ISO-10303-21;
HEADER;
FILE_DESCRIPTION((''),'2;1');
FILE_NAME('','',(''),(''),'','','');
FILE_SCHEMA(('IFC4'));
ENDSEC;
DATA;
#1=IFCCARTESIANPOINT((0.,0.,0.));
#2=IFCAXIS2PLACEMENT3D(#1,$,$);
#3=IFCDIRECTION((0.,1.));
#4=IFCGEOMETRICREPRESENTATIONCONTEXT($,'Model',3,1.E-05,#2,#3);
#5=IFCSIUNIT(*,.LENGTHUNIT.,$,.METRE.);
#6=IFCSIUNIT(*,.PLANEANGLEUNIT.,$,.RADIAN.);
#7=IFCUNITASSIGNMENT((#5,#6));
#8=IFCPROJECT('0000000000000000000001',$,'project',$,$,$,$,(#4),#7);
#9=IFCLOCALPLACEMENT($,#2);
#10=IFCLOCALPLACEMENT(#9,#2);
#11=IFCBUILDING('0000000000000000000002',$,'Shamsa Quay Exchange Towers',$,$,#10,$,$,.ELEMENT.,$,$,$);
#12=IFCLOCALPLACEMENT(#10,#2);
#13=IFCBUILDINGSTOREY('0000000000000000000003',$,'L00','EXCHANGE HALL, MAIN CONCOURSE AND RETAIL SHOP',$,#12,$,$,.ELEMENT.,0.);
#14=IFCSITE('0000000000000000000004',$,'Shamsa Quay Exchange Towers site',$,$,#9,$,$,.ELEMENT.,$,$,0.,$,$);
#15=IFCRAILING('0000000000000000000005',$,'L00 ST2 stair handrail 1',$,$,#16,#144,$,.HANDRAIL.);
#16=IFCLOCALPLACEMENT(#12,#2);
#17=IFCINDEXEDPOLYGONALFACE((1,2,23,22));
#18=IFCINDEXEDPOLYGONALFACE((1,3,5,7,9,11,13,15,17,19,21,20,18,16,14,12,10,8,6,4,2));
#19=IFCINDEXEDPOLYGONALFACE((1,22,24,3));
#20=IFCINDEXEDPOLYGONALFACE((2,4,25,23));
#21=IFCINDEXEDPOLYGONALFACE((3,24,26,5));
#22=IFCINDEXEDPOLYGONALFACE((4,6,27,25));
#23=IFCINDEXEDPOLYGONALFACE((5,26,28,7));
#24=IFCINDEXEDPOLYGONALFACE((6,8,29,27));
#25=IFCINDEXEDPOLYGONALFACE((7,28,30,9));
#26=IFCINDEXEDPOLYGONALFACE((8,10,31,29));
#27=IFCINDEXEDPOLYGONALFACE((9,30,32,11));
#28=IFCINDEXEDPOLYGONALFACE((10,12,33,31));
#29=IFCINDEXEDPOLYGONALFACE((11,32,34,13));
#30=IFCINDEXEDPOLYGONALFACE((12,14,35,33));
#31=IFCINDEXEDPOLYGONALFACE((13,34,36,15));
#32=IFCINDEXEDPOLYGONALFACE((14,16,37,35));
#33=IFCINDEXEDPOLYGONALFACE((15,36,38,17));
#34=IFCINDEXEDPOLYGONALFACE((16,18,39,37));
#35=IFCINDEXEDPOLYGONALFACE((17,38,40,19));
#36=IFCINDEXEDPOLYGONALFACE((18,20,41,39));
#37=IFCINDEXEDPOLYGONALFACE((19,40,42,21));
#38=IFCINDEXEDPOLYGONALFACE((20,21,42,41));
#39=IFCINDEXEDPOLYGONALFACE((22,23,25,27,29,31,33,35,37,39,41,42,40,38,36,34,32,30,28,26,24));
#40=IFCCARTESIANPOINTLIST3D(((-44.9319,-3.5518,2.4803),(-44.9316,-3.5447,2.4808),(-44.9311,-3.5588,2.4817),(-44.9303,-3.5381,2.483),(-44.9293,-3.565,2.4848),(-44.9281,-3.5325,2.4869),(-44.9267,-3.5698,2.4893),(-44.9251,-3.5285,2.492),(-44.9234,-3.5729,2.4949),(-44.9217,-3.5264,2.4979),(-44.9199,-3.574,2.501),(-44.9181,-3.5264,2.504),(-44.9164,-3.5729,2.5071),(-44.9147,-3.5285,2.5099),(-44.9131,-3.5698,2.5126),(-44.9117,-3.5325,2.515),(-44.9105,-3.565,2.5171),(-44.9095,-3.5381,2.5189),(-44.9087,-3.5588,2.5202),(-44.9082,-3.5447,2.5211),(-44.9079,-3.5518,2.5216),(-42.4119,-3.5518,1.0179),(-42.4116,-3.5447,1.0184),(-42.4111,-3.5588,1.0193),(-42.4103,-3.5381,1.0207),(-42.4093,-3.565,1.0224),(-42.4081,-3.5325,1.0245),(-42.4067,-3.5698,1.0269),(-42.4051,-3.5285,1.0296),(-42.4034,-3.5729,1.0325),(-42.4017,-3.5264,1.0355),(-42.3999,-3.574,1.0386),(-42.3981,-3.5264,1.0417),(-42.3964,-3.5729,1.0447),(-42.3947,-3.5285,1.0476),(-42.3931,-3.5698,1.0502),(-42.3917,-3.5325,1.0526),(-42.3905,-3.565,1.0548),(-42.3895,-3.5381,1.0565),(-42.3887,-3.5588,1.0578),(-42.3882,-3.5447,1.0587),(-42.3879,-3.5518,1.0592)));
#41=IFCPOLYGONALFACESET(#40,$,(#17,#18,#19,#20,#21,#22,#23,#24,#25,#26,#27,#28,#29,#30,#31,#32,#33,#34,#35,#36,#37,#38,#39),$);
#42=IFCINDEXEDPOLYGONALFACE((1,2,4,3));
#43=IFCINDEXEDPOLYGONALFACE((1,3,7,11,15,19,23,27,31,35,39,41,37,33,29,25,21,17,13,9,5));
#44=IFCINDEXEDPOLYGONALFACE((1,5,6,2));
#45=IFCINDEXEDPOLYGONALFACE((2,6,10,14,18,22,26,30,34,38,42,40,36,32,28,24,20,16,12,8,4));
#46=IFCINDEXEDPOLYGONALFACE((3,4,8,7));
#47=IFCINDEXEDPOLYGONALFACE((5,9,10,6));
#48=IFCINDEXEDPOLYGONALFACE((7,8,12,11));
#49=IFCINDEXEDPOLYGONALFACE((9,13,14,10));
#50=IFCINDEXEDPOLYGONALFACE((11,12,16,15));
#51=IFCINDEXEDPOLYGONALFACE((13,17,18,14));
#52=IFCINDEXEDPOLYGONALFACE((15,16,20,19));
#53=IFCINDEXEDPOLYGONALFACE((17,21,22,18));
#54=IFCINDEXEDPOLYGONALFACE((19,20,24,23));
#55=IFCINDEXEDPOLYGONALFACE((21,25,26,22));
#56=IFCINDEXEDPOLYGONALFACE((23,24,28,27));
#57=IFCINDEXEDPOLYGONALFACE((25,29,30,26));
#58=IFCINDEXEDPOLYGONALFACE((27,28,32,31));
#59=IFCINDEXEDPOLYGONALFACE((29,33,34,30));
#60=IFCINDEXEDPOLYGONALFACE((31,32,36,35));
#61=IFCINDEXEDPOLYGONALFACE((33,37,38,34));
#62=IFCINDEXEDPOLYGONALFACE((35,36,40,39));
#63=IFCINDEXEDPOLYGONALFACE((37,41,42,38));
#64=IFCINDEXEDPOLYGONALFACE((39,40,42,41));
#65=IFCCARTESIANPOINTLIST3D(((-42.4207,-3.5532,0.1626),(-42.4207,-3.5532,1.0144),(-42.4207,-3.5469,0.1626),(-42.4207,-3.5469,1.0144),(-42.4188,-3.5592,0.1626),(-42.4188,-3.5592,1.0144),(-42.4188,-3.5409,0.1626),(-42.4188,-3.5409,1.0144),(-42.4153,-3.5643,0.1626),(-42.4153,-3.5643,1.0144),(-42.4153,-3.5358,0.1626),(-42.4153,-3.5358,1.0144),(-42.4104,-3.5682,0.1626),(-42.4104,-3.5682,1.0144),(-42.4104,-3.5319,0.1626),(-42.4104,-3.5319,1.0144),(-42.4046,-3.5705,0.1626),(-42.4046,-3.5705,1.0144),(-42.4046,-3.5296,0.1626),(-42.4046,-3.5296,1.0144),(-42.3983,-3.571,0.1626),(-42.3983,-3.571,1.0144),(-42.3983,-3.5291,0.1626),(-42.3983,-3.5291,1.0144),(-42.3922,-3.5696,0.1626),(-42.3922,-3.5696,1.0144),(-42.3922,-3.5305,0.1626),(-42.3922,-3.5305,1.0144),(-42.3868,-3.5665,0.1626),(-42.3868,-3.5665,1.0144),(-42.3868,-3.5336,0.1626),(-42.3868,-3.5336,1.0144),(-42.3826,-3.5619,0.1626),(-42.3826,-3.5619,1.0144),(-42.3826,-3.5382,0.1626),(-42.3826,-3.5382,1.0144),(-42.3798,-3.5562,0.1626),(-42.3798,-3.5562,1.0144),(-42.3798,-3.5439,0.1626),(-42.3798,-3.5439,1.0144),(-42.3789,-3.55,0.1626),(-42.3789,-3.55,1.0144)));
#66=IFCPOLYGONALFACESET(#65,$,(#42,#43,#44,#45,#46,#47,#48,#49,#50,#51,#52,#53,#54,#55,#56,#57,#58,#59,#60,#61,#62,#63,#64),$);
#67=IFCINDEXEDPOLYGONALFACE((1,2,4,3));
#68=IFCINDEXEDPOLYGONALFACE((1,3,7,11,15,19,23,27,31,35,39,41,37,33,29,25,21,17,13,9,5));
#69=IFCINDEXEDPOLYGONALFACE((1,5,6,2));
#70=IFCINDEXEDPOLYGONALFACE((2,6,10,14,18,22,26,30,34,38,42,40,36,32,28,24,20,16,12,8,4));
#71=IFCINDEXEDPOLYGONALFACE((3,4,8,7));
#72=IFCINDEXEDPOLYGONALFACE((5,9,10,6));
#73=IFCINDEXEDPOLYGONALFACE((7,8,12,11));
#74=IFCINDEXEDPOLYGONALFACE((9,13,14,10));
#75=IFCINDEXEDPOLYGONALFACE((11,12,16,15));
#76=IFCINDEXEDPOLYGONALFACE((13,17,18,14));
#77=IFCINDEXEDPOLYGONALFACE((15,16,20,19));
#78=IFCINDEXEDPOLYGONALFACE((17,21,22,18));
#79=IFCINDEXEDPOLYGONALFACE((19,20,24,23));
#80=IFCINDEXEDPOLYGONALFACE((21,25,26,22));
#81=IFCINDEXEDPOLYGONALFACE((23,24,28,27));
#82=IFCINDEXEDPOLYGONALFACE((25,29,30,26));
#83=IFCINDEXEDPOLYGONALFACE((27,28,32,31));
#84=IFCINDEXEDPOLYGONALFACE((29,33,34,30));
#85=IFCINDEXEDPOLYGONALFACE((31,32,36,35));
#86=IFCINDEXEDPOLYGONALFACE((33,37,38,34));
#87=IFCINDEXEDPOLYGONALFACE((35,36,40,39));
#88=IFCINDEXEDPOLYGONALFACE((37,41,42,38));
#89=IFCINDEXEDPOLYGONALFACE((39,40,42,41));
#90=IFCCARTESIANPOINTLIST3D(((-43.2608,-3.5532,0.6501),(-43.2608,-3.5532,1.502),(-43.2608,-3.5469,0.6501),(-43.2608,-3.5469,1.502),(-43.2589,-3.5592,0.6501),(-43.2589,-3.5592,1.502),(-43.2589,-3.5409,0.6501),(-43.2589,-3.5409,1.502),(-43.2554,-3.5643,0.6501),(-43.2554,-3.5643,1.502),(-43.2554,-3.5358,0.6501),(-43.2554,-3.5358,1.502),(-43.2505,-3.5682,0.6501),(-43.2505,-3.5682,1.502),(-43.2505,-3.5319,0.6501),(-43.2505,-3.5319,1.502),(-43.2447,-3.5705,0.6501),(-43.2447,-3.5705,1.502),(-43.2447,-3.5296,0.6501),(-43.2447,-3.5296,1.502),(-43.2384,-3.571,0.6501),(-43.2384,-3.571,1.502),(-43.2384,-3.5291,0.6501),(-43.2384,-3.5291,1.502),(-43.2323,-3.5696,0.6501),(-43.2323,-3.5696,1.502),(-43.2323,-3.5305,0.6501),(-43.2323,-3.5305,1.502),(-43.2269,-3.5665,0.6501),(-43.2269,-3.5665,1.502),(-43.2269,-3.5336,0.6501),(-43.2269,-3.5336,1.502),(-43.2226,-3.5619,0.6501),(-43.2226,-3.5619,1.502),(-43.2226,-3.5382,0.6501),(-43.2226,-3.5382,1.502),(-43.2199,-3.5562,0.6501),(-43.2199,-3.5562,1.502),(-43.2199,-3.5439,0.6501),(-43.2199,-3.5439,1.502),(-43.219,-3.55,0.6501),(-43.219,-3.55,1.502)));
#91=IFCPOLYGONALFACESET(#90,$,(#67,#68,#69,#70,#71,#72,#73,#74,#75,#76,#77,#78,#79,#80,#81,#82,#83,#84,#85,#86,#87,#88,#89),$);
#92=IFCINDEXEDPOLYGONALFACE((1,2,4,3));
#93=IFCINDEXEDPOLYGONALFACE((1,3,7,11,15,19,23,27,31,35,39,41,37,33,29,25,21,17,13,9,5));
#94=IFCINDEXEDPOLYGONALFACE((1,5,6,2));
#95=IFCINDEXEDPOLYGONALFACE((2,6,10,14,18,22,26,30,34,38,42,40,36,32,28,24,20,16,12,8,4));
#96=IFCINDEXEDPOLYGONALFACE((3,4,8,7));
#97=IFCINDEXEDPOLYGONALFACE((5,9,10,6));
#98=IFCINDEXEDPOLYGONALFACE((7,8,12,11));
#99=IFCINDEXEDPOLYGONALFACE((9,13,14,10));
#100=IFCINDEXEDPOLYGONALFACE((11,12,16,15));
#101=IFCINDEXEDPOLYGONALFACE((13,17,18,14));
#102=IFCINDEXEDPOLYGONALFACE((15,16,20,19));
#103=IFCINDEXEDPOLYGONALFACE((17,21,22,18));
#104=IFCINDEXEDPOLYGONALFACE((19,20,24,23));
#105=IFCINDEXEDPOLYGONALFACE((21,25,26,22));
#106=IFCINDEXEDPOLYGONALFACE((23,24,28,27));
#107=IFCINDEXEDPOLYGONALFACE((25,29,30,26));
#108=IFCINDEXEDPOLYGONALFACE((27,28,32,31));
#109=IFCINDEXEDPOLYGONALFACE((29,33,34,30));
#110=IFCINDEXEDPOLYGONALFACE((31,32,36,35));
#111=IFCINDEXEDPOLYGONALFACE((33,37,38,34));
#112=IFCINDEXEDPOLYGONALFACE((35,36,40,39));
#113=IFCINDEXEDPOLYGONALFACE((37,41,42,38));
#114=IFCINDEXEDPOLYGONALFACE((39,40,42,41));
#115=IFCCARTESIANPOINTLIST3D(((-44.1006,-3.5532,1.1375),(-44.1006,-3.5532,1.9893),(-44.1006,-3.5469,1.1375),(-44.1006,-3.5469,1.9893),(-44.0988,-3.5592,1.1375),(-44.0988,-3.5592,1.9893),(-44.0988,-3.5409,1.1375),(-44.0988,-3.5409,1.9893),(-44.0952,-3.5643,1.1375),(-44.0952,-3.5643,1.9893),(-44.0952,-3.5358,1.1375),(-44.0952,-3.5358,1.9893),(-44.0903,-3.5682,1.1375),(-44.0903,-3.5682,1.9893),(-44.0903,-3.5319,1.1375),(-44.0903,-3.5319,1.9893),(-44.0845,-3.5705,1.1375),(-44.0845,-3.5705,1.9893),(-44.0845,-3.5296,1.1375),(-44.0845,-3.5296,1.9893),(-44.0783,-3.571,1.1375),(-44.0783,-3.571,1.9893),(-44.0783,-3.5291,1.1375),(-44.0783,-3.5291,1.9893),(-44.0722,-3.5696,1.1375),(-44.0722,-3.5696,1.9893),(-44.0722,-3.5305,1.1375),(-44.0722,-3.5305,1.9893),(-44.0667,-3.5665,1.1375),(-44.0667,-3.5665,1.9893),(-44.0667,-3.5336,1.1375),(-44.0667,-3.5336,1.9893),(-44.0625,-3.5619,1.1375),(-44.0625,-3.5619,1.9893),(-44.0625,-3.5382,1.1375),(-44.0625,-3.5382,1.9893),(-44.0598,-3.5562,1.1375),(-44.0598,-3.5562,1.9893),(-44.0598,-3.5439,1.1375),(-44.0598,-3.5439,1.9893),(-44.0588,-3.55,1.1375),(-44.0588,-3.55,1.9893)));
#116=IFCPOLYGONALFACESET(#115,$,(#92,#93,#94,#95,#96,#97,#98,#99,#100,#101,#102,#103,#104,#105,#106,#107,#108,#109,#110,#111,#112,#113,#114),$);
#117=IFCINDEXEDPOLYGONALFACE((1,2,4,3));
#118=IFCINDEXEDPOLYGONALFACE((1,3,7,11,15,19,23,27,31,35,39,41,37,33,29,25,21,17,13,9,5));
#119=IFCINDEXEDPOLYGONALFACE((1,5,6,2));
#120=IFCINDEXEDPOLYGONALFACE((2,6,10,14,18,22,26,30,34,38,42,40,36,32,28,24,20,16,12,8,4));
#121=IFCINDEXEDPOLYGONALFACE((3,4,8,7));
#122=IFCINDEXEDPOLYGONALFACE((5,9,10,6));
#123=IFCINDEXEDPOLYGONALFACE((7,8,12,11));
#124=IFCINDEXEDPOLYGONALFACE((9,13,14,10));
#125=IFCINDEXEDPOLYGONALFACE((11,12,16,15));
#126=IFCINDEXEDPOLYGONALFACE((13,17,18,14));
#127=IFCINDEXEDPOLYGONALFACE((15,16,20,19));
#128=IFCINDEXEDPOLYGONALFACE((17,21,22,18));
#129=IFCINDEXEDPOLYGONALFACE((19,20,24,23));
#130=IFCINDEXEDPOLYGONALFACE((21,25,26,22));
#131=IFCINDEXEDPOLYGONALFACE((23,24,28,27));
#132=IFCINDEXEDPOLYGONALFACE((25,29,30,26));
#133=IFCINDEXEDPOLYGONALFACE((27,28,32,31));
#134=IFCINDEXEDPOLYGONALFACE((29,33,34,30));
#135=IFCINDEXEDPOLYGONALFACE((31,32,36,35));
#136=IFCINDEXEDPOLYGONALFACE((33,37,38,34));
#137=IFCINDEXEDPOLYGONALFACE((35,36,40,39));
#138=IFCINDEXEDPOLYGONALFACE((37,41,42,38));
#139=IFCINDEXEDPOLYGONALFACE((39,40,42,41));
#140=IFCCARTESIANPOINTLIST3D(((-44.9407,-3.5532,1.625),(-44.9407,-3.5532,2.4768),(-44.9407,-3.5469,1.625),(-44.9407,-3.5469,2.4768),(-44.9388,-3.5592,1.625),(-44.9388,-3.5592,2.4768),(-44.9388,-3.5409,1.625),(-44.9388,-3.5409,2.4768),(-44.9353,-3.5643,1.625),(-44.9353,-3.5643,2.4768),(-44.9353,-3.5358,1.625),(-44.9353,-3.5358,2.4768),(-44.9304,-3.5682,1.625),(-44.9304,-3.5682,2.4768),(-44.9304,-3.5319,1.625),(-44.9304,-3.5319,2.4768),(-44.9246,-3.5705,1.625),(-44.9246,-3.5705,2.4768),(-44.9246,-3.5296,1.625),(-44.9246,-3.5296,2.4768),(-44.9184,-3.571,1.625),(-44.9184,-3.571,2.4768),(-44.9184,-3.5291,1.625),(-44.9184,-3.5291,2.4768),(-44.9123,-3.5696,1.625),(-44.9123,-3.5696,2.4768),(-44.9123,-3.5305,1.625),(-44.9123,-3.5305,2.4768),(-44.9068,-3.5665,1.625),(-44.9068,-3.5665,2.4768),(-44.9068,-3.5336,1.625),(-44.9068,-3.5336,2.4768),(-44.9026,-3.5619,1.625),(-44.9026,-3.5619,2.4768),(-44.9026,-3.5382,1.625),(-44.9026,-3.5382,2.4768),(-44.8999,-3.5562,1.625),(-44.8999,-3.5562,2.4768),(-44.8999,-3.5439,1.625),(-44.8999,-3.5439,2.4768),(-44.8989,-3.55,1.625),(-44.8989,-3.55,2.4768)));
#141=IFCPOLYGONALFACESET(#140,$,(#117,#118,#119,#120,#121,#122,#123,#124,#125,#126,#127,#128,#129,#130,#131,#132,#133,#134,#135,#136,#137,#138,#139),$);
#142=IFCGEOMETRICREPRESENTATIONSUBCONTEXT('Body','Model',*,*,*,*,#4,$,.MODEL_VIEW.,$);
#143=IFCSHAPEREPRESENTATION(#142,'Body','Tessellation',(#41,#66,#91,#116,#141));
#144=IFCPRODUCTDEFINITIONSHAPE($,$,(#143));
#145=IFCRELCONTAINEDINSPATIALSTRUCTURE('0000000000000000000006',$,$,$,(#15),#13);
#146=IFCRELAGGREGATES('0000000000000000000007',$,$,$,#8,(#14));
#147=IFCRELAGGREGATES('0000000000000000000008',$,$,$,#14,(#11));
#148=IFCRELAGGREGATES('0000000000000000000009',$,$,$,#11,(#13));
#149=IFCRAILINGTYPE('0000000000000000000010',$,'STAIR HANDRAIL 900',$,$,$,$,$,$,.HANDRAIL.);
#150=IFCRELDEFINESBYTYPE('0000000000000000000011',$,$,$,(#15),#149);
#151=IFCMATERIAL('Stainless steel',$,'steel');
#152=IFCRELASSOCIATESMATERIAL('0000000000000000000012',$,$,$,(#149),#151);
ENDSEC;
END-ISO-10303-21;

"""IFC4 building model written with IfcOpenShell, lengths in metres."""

from ifc_helpers import new_model, si_unit, direction, frame, origin, origin_2d, place, context, subcontext, project, spatial, circle, extrude, material, type_object, element, save


model = new_model("IFC4")

# Units and contexts
model_context = context("Model", 3, precision=1e-05, world=origin(), true_north=direction((0.0, 1.0)))
body_context = subcontext(model_context, "Body", "Model", "MODEL_VIEW")
ifc_project = project(units=[si_unit("LENGTHUNIT", "METRE"), si_unit("PLANEANGLEUNIT", "RADIAN")], contexts=[model_context])

# Site, building, storey
site_placement = place(None, origin())
site = spatial("IfcSite", under=ifc_project, at=site_placement, Name="Shamsa Quay Exchange Towers site", CompositionType="ELEMENT", RefElevation=0.0)
building_placement = place(site_placement, origin())
building = spatial("IfcBuilding", under=site, at=building_placement, Name="Shamsa Quay Exchange Towers", CompositionType="ELEMENT")
storey_placement = place(building_placement, origin())
storey = spatial("IfcBuildingStorey", under=building, at=storey_placement, Name="L00", Description="EXCHANGE HALL, MAIN CONCOURSE AND RETAIL SHOP", CompositionType="ELEMENT", Elevation=0.0)

# Railing
ifc_material_1 = material(Name="Stainless steel", Category="steel")
railing_type_1 = type_object("IfcRailingType", Name="STAIR HANDRAIL 900", PredefinedType="HANDRAIL", material=ifc_material_1)
for number, where, name in (
    (1, (-42.3999, -3.55, 0.1626), "L00 ST2 stair handrail 1"),
):
    element("IfcRailing", number, at=place(storey_placement, frame(where)), inside=storey, type_object=railing_type_1, Name=name, PredefinedType="HANDRAIL", context=body_context, shape_type="SweptSolid", body=[
        extrude(circle(Radius=0.0239, at=origin_2d()), frame((0.0, 0.0, 0.876), z_axis=(-0.864913, 0.0, 0.501921), x_axis=(0.0, -1.0, 0.0)), (0.0, 0.0, 1.0), 2.9136),
        extrude(circle(Radius=0.021, at=origin_2d()), origin(), (0.0, 0.0, 1.0), 0.8518),
        extrude(circle(Radius=0.021, at=origin_2d()), frame((-0.8401, 0.0, 0.4875)), (0.0, 0.0, 1.0), 0.8518),
        extrude(circle(Radius=0.021, at=origin_2d()), frame((-1.6799, 0.0, 0.9749)), (0.0, 0.0, 1.0), 0.8518),
        extrude(circle(Radius=0.021, at=origin_2d()), frame((-2.52, 0.0, 1.4624)), (0.0, 0.0, 1.0), 0.8518),
    ])

save(model, "model.ifc")
